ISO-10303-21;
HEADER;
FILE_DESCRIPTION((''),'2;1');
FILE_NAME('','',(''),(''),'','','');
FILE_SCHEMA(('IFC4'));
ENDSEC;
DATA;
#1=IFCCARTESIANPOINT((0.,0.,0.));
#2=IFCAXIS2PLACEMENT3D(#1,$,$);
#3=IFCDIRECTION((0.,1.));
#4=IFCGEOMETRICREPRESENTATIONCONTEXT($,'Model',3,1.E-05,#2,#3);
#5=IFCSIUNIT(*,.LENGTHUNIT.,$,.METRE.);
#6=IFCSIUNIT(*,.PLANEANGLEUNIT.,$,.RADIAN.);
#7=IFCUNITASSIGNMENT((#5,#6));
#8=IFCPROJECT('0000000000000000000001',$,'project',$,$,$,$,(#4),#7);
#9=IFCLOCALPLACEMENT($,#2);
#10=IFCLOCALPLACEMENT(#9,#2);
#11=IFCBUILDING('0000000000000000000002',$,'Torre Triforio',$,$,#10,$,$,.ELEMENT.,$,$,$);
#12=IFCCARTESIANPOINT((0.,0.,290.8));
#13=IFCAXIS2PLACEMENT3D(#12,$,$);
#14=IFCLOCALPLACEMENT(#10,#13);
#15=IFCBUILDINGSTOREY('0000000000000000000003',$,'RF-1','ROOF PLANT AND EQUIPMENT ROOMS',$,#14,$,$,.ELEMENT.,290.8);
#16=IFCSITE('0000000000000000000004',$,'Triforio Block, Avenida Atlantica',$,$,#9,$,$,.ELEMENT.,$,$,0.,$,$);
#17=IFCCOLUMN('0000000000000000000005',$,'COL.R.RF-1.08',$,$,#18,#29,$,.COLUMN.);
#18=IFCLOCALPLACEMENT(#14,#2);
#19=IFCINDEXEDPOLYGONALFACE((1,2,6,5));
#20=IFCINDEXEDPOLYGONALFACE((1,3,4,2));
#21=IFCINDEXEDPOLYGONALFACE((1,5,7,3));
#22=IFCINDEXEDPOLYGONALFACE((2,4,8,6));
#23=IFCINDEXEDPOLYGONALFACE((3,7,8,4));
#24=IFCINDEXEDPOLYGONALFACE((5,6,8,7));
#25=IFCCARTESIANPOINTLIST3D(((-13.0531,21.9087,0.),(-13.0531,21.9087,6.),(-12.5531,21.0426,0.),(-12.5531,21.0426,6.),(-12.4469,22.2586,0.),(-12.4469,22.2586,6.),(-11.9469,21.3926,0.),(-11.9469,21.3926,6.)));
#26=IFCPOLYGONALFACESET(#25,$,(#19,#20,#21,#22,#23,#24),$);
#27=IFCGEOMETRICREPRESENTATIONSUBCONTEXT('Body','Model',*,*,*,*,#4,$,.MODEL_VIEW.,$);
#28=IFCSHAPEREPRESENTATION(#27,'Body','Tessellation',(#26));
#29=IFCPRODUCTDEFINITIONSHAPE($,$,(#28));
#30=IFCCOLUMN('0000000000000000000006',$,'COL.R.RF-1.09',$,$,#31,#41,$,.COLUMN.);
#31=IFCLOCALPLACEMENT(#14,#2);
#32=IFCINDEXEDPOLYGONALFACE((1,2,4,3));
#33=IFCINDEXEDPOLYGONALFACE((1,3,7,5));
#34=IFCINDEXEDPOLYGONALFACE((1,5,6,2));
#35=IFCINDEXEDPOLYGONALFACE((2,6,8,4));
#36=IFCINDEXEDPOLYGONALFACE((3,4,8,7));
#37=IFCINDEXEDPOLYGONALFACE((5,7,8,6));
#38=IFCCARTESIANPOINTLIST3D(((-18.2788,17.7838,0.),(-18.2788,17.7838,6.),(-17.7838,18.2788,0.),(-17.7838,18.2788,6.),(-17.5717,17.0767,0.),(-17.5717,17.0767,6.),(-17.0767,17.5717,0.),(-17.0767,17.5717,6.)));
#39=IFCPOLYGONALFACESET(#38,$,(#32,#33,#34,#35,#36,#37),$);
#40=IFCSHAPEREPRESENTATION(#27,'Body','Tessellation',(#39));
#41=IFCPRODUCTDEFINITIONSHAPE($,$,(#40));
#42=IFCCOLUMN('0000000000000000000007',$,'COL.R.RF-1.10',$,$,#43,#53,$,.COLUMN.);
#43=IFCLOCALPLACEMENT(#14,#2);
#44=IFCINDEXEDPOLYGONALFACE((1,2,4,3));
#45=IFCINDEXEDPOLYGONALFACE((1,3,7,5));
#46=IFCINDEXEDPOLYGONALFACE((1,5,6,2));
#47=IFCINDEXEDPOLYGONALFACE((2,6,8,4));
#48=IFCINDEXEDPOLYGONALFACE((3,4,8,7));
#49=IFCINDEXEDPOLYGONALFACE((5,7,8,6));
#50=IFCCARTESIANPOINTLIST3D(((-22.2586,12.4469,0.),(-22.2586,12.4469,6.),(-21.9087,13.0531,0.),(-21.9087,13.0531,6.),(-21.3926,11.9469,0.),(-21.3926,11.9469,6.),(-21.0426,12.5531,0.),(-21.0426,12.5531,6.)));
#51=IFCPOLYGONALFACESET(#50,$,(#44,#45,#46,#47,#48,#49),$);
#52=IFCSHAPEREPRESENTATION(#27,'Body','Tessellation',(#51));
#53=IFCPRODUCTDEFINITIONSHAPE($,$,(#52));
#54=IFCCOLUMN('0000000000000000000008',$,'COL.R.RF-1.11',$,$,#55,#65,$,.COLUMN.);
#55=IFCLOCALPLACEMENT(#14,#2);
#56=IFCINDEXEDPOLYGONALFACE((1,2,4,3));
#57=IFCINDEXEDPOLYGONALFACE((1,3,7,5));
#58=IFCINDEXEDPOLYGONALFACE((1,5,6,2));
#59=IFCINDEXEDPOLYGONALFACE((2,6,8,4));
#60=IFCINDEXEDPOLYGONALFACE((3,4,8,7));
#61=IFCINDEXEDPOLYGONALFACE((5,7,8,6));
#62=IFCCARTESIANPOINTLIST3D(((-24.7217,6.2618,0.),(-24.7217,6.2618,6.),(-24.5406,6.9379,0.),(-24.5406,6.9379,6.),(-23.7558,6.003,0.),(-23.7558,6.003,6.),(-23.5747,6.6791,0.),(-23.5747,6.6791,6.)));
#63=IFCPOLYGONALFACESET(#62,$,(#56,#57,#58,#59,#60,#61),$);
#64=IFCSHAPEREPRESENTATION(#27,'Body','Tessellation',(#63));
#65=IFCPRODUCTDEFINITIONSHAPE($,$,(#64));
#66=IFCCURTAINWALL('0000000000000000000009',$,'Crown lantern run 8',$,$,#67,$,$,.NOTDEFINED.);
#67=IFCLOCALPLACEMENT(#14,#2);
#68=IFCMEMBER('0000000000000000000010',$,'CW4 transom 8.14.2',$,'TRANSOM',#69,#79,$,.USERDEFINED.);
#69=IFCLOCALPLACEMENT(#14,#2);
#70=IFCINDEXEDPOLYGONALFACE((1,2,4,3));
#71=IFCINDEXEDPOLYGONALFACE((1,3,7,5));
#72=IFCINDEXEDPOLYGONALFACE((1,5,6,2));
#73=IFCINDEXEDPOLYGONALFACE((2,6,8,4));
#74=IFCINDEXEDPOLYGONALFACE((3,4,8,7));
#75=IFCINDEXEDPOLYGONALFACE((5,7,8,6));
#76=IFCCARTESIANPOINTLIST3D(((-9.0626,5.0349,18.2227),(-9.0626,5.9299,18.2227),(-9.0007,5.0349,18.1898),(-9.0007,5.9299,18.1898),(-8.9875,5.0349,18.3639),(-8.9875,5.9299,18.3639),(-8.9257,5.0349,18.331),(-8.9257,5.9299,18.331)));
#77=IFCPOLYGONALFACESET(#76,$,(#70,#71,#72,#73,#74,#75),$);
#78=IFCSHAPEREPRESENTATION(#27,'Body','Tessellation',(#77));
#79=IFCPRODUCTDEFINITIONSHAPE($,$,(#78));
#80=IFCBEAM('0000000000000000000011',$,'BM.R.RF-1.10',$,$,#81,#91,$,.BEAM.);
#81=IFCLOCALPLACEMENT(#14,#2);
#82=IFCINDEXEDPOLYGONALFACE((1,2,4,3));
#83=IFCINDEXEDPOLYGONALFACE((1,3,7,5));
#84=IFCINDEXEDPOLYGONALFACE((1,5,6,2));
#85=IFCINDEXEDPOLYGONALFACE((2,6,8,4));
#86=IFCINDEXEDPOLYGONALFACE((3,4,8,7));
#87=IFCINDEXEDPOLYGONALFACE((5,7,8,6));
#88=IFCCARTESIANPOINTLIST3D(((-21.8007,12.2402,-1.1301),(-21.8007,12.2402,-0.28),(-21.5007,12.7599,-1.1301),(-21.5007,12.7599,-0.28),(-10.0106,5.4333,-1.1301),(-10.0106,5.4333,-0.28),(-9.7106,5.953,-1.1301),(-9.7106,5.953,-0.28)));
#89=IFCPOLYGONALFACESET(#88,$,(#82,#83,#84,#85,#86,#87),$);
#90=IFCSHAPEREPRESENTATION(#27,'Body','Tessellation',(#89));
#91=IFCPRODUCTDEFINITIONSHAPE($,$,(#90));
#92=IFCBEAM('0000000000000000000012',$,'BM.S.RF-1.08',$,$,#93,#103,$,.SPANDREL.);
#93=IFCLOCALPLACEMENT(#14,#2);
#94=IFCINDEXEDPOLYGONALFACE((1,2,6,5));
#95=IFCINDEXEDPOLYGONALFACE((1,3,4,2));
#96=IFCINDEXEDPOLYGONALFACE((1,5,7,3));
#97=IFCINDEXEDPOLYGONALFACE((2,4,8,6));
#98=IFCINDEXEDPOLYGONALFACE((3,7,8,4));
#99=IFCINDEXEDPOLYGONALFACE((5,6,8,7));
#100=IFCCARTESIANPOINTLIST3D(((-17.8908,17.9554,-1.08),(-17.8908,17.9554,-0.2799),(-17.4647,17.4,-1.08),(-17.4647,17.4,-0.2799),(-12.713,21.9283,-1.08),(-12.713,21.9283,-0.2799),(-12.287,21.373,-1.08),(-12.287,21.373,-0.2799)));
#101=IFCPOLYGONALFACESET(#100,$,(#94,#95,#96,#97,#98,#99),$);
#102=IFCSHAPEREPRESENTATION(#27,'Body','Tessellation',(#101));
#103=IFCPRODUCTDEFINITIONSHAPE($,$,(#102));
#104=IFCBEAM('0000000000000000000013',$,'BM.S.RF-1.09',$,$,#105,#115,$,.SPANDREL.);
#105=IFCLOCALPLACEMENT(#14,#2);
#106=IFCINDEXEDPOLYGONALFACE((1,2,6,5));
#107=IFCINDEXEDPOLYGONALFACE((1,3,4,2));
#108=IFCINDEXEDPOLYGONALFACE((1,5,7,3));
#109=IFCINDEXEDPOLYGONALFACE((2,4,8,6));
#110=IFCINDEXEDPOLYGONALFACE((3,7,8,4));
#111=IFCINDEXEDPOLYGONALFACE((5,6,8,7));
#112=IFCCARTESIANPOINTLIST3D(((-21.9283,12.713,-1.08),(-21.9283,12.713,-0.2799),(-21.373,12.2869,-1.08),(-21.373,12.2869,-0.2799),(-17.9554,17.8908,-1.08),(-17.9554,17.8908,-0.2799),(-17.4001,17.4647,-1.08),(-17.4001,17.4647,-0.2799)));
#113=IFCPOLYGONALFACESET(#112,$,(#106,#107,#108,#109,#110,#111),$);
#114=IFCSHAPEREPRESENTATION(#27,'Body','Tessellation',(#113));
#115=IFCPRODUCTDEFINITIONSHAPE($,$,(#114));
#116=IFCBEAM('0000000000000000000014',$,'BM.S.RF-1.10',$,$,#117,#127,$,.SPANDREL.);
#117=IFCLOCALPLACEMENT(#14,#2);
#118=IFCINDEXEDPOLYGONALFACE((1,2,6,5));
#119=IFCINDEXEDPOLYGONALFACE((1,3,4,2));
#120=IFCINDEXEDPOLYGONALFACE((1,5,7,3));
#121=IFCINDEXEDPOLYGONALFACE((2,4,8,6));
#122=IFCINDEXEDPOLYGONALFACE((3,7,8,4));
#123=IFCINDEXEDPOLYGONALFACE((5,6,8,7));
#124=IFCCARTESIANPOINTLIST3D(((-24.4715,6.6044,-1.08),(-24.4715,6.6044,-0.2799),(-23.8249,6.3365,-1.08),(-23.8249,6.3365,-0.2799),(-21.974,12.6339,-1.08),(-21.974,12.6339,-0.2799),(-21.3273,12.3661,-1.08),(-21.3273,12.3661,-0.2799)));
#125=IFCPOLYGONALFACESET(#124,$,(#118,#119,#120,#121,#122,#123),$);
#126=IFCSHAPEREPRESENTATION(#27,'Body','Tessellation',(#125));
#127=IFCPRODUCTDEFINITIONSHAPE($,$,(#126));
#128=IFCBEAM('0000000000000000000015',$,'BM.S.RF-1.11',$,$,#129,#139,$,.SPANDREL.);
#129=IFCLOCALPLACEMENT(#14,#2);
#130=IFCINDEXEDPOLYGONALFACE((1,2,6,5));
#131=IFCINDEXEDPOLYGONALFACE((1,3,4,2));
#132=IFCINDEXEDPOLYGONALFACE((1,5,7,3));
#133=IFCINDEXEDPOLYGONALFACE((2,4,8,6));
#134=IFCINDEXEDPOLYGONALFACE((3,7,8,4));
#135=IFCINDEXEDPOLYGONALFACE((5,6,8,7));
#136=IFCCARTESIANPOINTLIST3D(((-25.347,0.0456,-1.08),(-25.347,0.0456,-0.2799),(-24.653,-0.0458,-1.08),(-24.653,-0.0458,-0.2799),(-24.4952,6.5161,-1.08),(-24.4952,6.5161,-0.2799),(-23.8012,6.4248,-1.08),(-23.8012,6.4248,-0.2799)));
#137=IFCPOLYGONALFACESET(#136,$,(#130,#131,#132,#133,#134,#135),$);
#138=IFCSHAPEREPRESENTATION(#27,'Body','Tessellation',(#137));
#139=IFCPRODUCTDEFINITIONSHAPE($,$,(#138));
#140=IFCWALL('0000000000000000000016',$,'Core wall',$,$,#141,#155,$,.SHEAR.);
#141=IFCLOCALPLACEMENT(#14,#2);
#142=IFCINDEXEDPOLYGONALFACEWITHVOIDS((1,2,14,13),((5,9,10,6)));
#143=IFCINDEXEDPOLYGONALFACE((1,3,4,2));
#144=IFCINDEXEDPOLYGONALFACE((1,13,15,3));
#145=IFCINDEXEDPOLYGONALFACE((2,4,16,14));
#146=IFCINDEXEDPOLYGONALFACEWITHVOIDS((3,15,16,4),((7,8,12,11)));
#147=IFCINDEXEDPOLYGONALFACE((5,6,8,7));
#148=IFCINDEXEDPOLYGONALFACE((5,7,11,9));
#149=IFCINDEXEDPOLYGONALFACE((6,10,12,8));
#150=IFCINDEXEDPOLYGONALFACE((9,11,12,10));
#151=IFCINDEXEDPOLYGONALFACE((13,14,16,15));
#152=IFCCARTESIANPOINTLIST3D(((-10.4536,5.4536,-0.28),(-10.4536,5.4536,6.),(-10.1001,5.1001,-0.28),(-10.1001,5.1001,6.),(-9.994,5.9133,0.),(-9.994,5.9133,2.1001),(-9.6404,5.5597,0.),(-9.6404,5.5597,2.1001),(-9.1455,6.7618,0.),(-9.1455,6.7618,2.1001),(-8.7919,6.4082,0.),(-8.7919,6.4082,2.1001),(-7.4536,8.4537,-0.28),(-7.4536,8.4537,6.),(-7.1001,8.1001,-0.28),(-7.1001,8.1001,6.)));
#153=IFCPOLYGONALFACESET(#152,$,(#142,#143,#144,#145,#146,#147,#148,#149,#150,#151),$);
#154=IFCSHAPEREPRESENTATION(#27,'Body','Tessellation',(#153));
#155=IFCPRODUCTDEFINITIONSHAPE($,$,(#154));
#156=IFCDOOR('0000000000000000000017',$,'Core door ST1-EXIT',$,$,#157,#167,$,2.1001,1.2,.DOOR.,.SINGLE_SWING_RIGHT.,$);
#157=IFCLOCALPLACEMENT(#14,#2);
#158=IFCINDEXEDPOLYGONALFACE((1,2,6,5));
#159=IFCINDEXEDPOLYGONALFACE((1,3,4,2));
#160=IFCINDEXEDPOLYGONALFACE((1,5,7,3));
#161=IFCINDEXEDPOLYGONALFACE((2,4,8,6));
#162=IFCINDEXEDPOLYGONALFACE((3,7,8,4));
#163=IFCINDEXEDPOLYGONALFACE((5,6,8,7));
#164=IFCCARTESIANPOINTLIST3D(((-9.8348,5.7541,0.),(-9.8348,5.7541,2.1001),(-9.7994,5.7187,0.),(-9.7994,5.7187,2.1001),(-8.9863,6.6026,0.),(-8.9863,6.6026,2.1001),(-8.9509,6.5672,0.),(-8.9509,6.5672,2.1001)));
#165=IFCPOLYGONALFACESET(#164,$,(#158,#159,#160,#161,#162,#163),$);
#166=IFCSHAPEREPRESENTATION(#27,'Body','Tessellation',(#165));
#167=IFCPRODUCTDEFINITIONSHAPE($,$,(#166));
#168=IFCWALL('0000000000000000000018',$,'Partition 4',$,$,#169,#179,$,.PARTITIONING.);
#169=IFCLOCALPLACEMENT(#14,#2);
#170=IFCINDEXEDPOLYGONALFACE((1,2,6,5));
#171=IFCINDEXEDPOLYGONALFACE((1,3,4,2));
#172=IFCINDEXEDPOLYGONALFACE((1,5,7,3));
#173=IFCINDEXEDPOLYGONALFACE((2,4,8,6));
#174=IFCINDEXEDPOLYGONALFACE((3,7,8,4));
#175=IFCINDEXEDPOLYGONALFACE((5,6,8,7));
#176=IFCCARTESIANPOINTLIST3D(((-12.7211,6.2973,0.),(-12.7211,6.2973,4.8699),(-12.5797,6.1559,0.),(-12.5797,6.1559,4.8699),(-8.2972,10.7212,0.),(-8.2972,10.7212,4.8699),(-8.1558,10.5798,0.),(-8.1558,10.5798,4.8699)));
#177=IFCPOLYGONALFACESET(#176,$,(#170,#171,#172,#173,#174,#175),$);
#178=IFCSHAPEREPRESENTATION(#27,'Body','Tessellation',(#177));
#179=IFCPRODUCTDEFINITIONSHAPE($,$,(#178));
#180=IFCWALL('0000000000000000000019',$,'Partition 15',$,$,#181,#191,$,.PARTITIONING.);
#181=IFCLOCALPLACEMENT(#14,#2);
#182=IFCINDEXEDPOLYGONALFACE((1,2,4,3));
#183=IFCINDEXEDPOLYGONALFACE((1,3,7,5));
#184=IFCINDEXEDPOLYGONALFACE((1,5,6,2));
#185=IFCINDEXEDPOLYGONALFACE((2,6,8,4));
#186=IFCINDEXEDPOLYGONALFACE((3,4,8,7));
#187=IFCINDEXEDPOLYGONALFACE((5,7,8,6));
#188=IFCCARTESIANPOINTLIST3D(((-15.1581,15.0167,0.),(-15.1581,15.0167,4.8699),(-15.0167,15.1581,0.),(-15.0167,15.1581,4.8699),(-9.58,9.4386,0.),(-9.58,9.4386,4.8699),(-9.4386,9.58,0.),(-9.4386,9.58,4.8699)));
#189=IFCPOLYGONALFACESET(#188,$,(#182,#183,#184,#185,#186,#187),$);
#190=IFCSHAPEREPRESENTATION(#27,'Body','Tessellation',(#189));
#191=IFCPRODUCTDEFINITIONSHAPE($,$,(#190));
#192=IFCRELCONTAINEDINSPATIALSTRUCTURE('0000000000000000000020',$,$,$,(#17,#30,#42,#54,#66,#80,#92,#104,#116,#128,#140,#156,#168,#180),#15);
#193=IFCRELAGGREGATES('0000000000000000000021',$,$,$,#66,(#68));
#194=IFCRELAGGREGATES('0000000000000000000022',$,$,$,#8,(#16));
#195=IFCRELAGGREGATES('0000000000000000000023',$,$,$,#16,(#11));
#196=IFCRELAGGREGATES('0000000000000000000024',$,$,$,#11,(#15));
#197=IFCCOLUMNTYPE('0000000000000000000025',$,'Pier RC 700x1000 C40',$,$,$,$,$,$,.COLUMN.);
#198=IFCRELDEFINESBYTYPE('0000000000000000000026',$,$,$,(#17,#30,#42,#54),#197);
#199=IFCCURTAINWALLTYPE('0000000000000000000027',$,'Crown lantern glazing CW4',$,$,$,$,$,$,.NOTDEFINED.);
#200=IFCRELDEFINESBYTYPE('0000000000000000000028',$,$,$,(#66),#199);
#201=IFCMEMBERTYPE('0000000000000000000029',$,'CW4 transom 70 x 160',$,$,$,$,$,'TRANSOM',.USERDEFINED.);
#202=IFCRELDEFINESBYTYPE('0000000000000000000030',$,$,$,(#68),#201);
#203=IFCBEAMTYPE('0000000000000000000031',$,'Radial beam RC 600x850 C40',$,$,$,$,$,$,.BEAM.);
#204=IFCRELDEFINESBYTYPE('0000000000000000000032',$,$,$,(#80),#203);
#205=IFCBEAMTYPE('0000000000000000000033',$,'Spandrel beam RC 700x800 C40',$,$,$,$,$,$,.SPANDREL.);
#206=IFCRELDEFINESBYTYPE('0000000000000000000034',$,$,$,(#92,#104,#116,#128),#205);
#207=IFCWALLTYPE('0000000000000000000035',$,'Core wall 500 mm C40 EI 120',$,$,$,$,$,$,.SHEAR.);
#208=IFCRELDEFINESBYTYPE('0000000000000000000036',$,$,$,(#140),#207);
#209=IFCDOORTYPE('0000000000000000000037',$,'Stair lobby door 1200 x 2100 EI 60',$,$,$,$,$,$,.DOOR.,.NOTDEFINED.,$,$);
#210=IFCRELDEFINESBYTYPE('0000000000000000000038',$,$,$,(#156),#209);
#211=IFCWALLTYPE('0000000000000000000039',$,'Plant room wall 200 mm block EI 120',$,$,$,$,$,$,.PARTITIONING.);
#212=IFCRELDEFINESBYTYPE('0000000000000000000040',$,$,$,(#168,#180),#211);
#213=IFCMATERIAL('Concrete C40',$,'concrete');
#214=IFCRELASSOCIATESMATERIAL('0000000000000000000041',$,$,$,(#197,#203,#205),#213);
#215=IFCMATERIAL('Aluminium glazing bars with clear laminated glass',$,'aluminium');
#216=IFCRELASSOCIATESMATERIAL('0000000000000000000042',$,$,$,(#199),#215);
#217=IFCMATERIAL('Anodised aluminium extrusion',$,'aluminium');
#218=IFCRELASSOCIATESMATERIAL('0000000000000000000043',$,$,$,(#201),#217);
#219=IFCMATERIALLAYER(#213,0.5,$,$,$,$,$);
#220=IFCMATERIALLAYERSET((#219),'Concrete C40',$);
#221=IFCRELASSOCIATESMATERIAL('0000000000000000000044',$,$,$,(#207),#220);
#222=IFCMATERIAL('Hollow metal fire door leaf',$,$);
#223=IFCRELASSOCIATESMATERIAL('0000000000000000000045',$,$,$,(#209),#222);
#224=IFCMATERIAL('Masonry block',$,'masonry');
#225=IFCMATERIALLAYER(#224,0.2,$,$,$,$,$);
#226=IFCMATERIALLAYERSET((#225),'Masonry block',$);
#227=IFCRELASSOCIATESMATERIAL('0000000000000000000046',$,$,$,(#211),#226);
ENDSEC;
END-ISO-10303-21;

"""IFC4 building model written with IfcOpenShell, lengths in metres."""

from ifc_helpers import new_model, si_unit, direction, frame, frame_2d, origin, origin_2d, place, context, subcontext, project, spatial, rectangle, extrude, material, layer, layer_set, material_profile, profile_set, type_object, element, fill, aggregate, save


model = new_model("IFC4")

# Units and contexts
model_context = context("Model", 3, precision=1e-05, world=origin(), true_north=direction((0.0, 1.0)))
body_context = subcontext(model_context, "Body", "Model", "MODEL_VIEW")
ifc_project = project(units=[si_unit("LENGTHUNIT", "METRE"), si_unit("PLANEANGLEUNIT", "RADIAN")], contexts=[model_context])

# Site, building, storey
site_placement = place(None, origin())
site = spatial("IfcSite", under=ifc_project, at=site_placement, Name="Triforio Block, Avenida Atlantica", CompositionType="ELEMENT", RefElevation=0.0)
building_placement = place(site_placement, origin())
building = spatial("IfcBuilding", under=site, at=building_placement, Name="Torre Triforio", CompositionType="ELEMENT")
storey_placement = place(building_placement, frame((0.0, 0.0, 290.8)))
storey = spatial("IfcBuildingStorey", under=building, at=storey_placement, Name="RF-1", Description="ROOF PLANT AND EQUIPMENT ROOMS", CompositionType="ELEMENT", Elevation=290.8)

# Columns
ifc_material_1 = material(Name="Concrete C40", Category="concrete")
ifc_material_profile_1 = material_profile(ifc_material_1, rectangle(XDim=0.7, YDim=1.0, at=origin_2d()), Name="RC 700x1000")
ifc_profile_set_1 = profile_set([ifc_material_profile_1], Name="Concrete C40")
column_type = type_object("IfcColumnType", Name="Pier RC 700x1000 C40", PredefinedType="COLUMN", material=ifc_profile_set_1)
for number, where, z_axis, x_axis, name in (
    (1, (-12.5, 21.6506, 0.0), (0.0, 0.0, 1.0), (-0.866025, -0.5, 0.0), "COL.R.RF-1.08"),
    (2, (-17.6777, 17.6777, 0.0), (0.0, 0.0, 1.0), (-0.707107, -0.707107, 0.0), "COL.R.RF-1.09"),
    (3, (-21.6506, 12.5, 0.0), (0.0, 0.0, 1.0), (-0.5, -0.866025, 0.0), "COL.R.RF-1.10"),
    (4, (-24.1482, 6.4705, 0.0), (0.0, 0.0, 1.0), (-0.258819, -0.965926, 0.0), "COL.R.RF-1.11"),
):
    element("IfcColumn", number, at=place(storey_placement, frame(where, z_axis=z_axis, x_axis=x_axis)), inside=storey, type_object=column_type, Name=name, PredefinedType="COLUMN", context=body_context, shape_type="SweptSolid", body=[
        extrude(rectangle(XDim=0.7, YDim=1.0, at=origin_2d()), origin(), (0.0, 0.0, 1.0), 6.0),
    ])

# Curtain wall, member
ifc_material_2 = material(Name="Aluminium glazing bars with clear laminated glass", Category="aluminium")
curtain_wall_type = type_object("IfcCurtainWallType", Name="Crown lantern glazing CW4", PredefinedType="NOTDEFINED", material=ifc_material_2)
curtain_wall_placement = place(storey_placement, origin())
curtain_wall = element("IfcCurtainWall", 5, at=curtain_wall_placement, inside=storey, type_object=curtain_wall_type, Name="Crown lantern run 8", PredefinedType="NOTDEFINED")
ifc_material_3 = material(Name="Anodised aluminium extrusion", Category="aluminium")
ifc_material_profile_2 = material_profile(ifc_material_3, rectangle(XDim=0.0701, YDim=0.1599, at=origin_2d()), Name="CW4 TRANSOM 70x160")
ifc_profile_set_2 = profile_set([ifc_material_profile_2], Name="Anodised aluminium extrusion")
member_type = type_object("IfcMemberType", Name="CW4 transom 70 x 160", ElementType="TRANSOM", PredefinedType="USERDEFINED", material=ifc_profile_set_2)
member_placement = place(storey_placement, frame((-8.9941, 5.0349, 18.2769), z_axis=(0.0, 1.0, 0.0), x_axis=(-0.882948, 0.0, 0.469472)))
member = element("IfcMember", 6, at=member_placement, type_object=member_type, Name="CW4 transom 8.14.2", ObjectType="TRANSOM", PredefinedType="USERDEFINED", context=body_context, shape_type="SweptSolid", body=[
    extrude(rectangle(XDim=0.0701, YDim=0.1599, at=origin_2d()), origin(), (0.0, 0.0, 1.0), 0.895),
])
aggregate(curtain_wall, [member])

# Beams
ifc_material_profile_3 = material_profile(ifc_material_1, rectangle(XDim=0.6001, YDim=0.8501, at=origin_2d()), Name="RC 600x850")
ifc_profile_set_3 = profile_set([ifc_material_profile_3], Name="Concrete C40")
beam_type_1 = type_object("IfcBeamType", Name="Radial beam RC 600x850 C40", PredefinedType="BEAM", material=ifc_profile_set_3)
beam_placement = place(storey_placement, frame((-9.8606, 5.6931, -0.7051), z_axis=(-0.866029, 0.499995, 0.0), x_axis=(-0.499995, -0.866029, 0.0)))
element("IfcBeam", 7, at=beam_placement, inside=storey, type_object=beam_type_1, Name="BM.R.RF-1.10", PredefinedType="BEAM", context=body_context, shape_type="SweptSolid", body=[
    extrude(rectangle(XDim=0.6001, YDim=0.8501, at=origin_2d()), origin(), (0.0, 0.0, 1.0), 13.614),
])
ifc_material_profile_4 = material_profile(ifc_material_1, rectangle(XDim=0.7, YDim=0.8, at=origin_2d()), Name="RC 700x800")
ifc_profile_set_4 = profile_set([ifc_material_profile_4], Name="Concrete C40")
beam_type_2 = type_object("IfcBeamType", Name="Spandrel beam RC 700x800 C40", PredefinedType="SPANDREL", material=ifc_profile_set_4)
for number, where, z_axis, x_axis, name in (
    (8, (-12.5, 21.6506, -0.6799), (-0.793362, -0.60875, 0.0), (0.60875, -0.793362, 0.0), "BM.S.RF-1.08"),
    (9, (-17.6777, 17.6777, -0.6799), (-0.60875, -0.793362, 0.0), (0.793362, -0.60875, 0.0), "BM.S.RF-1.09"),
    (10, (-21.6506, 12.5, -0.6799), (-0.382689, -0.923877, 0.0), (0.923877, -0.382689, 0.0), "BM.S.RF-1.10"),
    (11, (-24.1482, 6.4705, -0.6799), (-0.130519, -0.991446, 0.0), (0.991446, -0.130519, 0.0), "BM.S.RF-1.11"),
):
    element("IfcBeam", number, at=place(storey_placement, frame(where, z_axis=z_axis, x_axis=x_axis)), inside=storey, type_object=beam_type_2, Name=name, PredefinedType="SPANDREL", context=body_context, shape_type="SweptSolid", body=[
        extrude(rectangle(XDim=0.7, YDim=0.8, at=origin_2d()), origin(), (0.0, 0.0, 1.0), 6.5264),
    ])

# Wall, opening, door
ifc_layer_1 = layer(ifc_material_1, 0.5)
ifc_layer_set_1 = layer_set([ifc_layer_1], Name="Concrete C40")
wall_type_1 = type_object("IfcWallType", Name="Core wall 500 mm C40 EI 120", PredefinedType="SHEAR", material=ifc_layer_set_1)
wall_1_placement = place(storey_placement, frame((-10.2769, 5.2769, -0.28), z_axis=(0.0, 0.0, 1.0), x_axis=(0.707107, 0.707107, 0.0)))
wall_1 = element("IfcWall", 12, at=wall_1_placement, inside=storey, type_object=wall_type_1, Name="Core wall", PredefinedType="SHEAR", context=body_context, shape_type="SweptSolid", body=[
    extrude(rectangle(XDim=4.2427, YDim=0.5, at=frame_2d((2.1213, 0.0))), origin(), (0.0, 0.0, 1.0), 6.28),
])
opening_1_placement = place(wall_1_placement, frame((0.6499, 0.0, 0.28)))
opening_1 = element("IfcOpeningElement", 13, at=opening_1_placement, cuts=wall_1, PredefinedType="OPENING", context=body_context, shape_type="SweptSolid", body=[
    extrude(rectangle(XDim=1.2, YDim=2.1001, at=frame_2d((0.6001, 1.05))), frame((0.0, 0.26, 0.0), z_axis=(0.0, -1.0, 0.0), x_axis=(1.0, 0.0, 0.0)), (0.0, 0.0, 1.0), 0.52),
])
ifc_material_4 = material(Name="Hollow metal fire door leaf")
door_type = type_object("IfcDoorType", Name="Stair lobby door 1200 x 2100 EI 60", OperationType="NOTDEFINED", PredefinedType="DOOR", material=ifc_material_4)
door_placement = place(opening_1_placement, origin())
door = element("IfcDoor", 14, at=door_placement, inside=storey, type_object=door_type, Name="Core door ST1-EXIT", OperationType="SINGLE_SWING_RIGHT", OverallHeight=2.1001, OverallWidth=1.2, PredefinedType="DOOR", context=body_context, shape_type="SweptSolid", body=[
    extrude(rectangle(XDim=1.2, YDim=2.1001, at=frame_2d((0.6001, 1.05))), frame((0.0, 0.0249, 0.0), z_axis=(0.0, -1.0, 0.0), x_axis=(1.0, 0.0, 0.0)), (0.0, 0.0, 1.0), 0.05),
])
fill(opening_1, door)

# Walls
ifc_material_5 = material(Name="Masonry block", Category="masonry")
ifc_layer_2 = layer(ifc_material_5, 0.2)
ifc_layer_set_2 = layer_set([ifc_layer_2], Name="Masonry block")
wall_type_2 = type_object("IfcWallType", Name="Plant room wall 200 mm block EI 120", PredefinedType="PARTITIONING", material=ifc_layer_set_2)
wall_2_placement = place(storey_placement, frame((-12.6504, 6.2266, 0.0), z_axis=(0.0, 0.0, 1.0), x_axis=(0.707107, 0.707107, 0.0)))
element("IfcWall", 15, at=wall_2_placement, inside=storey, type_object=wall_type_2, Name="Partition 4", PredefinedType="PARTITIONING", context=body_context, shape_type="SweptSolid", body=[
    extrude(rectangle(XDim=6.2563, YDim=0.2, at=frame_2d((3.1282, 0.0))), origin(), (0.0, 0.0, 1.0), 4.8699),
])
wall_3_placement = place(storey_placement, frame((-9.5093, 9.5093, 0.0), z_axis=(0.0, 0.0, 1.0), x_axis=(-0.707107, 0.707107, 0.0)))
element("IfcWall", 16, at=wall_3_placement, inside=storey, type_object=wall_type_2, Name="Partition 15", PredefinedType="PARTITIONING", context=body_context, shape_type="SweptSolid", body=[
    extrude(rectangle(XDim=7.8887, YDim=0.2, at=frame_2d((3.9443, 0.0))), origin(), (0.0, 0.0, 1.0), 4.8699),
])

save(model, "model.ifc")
